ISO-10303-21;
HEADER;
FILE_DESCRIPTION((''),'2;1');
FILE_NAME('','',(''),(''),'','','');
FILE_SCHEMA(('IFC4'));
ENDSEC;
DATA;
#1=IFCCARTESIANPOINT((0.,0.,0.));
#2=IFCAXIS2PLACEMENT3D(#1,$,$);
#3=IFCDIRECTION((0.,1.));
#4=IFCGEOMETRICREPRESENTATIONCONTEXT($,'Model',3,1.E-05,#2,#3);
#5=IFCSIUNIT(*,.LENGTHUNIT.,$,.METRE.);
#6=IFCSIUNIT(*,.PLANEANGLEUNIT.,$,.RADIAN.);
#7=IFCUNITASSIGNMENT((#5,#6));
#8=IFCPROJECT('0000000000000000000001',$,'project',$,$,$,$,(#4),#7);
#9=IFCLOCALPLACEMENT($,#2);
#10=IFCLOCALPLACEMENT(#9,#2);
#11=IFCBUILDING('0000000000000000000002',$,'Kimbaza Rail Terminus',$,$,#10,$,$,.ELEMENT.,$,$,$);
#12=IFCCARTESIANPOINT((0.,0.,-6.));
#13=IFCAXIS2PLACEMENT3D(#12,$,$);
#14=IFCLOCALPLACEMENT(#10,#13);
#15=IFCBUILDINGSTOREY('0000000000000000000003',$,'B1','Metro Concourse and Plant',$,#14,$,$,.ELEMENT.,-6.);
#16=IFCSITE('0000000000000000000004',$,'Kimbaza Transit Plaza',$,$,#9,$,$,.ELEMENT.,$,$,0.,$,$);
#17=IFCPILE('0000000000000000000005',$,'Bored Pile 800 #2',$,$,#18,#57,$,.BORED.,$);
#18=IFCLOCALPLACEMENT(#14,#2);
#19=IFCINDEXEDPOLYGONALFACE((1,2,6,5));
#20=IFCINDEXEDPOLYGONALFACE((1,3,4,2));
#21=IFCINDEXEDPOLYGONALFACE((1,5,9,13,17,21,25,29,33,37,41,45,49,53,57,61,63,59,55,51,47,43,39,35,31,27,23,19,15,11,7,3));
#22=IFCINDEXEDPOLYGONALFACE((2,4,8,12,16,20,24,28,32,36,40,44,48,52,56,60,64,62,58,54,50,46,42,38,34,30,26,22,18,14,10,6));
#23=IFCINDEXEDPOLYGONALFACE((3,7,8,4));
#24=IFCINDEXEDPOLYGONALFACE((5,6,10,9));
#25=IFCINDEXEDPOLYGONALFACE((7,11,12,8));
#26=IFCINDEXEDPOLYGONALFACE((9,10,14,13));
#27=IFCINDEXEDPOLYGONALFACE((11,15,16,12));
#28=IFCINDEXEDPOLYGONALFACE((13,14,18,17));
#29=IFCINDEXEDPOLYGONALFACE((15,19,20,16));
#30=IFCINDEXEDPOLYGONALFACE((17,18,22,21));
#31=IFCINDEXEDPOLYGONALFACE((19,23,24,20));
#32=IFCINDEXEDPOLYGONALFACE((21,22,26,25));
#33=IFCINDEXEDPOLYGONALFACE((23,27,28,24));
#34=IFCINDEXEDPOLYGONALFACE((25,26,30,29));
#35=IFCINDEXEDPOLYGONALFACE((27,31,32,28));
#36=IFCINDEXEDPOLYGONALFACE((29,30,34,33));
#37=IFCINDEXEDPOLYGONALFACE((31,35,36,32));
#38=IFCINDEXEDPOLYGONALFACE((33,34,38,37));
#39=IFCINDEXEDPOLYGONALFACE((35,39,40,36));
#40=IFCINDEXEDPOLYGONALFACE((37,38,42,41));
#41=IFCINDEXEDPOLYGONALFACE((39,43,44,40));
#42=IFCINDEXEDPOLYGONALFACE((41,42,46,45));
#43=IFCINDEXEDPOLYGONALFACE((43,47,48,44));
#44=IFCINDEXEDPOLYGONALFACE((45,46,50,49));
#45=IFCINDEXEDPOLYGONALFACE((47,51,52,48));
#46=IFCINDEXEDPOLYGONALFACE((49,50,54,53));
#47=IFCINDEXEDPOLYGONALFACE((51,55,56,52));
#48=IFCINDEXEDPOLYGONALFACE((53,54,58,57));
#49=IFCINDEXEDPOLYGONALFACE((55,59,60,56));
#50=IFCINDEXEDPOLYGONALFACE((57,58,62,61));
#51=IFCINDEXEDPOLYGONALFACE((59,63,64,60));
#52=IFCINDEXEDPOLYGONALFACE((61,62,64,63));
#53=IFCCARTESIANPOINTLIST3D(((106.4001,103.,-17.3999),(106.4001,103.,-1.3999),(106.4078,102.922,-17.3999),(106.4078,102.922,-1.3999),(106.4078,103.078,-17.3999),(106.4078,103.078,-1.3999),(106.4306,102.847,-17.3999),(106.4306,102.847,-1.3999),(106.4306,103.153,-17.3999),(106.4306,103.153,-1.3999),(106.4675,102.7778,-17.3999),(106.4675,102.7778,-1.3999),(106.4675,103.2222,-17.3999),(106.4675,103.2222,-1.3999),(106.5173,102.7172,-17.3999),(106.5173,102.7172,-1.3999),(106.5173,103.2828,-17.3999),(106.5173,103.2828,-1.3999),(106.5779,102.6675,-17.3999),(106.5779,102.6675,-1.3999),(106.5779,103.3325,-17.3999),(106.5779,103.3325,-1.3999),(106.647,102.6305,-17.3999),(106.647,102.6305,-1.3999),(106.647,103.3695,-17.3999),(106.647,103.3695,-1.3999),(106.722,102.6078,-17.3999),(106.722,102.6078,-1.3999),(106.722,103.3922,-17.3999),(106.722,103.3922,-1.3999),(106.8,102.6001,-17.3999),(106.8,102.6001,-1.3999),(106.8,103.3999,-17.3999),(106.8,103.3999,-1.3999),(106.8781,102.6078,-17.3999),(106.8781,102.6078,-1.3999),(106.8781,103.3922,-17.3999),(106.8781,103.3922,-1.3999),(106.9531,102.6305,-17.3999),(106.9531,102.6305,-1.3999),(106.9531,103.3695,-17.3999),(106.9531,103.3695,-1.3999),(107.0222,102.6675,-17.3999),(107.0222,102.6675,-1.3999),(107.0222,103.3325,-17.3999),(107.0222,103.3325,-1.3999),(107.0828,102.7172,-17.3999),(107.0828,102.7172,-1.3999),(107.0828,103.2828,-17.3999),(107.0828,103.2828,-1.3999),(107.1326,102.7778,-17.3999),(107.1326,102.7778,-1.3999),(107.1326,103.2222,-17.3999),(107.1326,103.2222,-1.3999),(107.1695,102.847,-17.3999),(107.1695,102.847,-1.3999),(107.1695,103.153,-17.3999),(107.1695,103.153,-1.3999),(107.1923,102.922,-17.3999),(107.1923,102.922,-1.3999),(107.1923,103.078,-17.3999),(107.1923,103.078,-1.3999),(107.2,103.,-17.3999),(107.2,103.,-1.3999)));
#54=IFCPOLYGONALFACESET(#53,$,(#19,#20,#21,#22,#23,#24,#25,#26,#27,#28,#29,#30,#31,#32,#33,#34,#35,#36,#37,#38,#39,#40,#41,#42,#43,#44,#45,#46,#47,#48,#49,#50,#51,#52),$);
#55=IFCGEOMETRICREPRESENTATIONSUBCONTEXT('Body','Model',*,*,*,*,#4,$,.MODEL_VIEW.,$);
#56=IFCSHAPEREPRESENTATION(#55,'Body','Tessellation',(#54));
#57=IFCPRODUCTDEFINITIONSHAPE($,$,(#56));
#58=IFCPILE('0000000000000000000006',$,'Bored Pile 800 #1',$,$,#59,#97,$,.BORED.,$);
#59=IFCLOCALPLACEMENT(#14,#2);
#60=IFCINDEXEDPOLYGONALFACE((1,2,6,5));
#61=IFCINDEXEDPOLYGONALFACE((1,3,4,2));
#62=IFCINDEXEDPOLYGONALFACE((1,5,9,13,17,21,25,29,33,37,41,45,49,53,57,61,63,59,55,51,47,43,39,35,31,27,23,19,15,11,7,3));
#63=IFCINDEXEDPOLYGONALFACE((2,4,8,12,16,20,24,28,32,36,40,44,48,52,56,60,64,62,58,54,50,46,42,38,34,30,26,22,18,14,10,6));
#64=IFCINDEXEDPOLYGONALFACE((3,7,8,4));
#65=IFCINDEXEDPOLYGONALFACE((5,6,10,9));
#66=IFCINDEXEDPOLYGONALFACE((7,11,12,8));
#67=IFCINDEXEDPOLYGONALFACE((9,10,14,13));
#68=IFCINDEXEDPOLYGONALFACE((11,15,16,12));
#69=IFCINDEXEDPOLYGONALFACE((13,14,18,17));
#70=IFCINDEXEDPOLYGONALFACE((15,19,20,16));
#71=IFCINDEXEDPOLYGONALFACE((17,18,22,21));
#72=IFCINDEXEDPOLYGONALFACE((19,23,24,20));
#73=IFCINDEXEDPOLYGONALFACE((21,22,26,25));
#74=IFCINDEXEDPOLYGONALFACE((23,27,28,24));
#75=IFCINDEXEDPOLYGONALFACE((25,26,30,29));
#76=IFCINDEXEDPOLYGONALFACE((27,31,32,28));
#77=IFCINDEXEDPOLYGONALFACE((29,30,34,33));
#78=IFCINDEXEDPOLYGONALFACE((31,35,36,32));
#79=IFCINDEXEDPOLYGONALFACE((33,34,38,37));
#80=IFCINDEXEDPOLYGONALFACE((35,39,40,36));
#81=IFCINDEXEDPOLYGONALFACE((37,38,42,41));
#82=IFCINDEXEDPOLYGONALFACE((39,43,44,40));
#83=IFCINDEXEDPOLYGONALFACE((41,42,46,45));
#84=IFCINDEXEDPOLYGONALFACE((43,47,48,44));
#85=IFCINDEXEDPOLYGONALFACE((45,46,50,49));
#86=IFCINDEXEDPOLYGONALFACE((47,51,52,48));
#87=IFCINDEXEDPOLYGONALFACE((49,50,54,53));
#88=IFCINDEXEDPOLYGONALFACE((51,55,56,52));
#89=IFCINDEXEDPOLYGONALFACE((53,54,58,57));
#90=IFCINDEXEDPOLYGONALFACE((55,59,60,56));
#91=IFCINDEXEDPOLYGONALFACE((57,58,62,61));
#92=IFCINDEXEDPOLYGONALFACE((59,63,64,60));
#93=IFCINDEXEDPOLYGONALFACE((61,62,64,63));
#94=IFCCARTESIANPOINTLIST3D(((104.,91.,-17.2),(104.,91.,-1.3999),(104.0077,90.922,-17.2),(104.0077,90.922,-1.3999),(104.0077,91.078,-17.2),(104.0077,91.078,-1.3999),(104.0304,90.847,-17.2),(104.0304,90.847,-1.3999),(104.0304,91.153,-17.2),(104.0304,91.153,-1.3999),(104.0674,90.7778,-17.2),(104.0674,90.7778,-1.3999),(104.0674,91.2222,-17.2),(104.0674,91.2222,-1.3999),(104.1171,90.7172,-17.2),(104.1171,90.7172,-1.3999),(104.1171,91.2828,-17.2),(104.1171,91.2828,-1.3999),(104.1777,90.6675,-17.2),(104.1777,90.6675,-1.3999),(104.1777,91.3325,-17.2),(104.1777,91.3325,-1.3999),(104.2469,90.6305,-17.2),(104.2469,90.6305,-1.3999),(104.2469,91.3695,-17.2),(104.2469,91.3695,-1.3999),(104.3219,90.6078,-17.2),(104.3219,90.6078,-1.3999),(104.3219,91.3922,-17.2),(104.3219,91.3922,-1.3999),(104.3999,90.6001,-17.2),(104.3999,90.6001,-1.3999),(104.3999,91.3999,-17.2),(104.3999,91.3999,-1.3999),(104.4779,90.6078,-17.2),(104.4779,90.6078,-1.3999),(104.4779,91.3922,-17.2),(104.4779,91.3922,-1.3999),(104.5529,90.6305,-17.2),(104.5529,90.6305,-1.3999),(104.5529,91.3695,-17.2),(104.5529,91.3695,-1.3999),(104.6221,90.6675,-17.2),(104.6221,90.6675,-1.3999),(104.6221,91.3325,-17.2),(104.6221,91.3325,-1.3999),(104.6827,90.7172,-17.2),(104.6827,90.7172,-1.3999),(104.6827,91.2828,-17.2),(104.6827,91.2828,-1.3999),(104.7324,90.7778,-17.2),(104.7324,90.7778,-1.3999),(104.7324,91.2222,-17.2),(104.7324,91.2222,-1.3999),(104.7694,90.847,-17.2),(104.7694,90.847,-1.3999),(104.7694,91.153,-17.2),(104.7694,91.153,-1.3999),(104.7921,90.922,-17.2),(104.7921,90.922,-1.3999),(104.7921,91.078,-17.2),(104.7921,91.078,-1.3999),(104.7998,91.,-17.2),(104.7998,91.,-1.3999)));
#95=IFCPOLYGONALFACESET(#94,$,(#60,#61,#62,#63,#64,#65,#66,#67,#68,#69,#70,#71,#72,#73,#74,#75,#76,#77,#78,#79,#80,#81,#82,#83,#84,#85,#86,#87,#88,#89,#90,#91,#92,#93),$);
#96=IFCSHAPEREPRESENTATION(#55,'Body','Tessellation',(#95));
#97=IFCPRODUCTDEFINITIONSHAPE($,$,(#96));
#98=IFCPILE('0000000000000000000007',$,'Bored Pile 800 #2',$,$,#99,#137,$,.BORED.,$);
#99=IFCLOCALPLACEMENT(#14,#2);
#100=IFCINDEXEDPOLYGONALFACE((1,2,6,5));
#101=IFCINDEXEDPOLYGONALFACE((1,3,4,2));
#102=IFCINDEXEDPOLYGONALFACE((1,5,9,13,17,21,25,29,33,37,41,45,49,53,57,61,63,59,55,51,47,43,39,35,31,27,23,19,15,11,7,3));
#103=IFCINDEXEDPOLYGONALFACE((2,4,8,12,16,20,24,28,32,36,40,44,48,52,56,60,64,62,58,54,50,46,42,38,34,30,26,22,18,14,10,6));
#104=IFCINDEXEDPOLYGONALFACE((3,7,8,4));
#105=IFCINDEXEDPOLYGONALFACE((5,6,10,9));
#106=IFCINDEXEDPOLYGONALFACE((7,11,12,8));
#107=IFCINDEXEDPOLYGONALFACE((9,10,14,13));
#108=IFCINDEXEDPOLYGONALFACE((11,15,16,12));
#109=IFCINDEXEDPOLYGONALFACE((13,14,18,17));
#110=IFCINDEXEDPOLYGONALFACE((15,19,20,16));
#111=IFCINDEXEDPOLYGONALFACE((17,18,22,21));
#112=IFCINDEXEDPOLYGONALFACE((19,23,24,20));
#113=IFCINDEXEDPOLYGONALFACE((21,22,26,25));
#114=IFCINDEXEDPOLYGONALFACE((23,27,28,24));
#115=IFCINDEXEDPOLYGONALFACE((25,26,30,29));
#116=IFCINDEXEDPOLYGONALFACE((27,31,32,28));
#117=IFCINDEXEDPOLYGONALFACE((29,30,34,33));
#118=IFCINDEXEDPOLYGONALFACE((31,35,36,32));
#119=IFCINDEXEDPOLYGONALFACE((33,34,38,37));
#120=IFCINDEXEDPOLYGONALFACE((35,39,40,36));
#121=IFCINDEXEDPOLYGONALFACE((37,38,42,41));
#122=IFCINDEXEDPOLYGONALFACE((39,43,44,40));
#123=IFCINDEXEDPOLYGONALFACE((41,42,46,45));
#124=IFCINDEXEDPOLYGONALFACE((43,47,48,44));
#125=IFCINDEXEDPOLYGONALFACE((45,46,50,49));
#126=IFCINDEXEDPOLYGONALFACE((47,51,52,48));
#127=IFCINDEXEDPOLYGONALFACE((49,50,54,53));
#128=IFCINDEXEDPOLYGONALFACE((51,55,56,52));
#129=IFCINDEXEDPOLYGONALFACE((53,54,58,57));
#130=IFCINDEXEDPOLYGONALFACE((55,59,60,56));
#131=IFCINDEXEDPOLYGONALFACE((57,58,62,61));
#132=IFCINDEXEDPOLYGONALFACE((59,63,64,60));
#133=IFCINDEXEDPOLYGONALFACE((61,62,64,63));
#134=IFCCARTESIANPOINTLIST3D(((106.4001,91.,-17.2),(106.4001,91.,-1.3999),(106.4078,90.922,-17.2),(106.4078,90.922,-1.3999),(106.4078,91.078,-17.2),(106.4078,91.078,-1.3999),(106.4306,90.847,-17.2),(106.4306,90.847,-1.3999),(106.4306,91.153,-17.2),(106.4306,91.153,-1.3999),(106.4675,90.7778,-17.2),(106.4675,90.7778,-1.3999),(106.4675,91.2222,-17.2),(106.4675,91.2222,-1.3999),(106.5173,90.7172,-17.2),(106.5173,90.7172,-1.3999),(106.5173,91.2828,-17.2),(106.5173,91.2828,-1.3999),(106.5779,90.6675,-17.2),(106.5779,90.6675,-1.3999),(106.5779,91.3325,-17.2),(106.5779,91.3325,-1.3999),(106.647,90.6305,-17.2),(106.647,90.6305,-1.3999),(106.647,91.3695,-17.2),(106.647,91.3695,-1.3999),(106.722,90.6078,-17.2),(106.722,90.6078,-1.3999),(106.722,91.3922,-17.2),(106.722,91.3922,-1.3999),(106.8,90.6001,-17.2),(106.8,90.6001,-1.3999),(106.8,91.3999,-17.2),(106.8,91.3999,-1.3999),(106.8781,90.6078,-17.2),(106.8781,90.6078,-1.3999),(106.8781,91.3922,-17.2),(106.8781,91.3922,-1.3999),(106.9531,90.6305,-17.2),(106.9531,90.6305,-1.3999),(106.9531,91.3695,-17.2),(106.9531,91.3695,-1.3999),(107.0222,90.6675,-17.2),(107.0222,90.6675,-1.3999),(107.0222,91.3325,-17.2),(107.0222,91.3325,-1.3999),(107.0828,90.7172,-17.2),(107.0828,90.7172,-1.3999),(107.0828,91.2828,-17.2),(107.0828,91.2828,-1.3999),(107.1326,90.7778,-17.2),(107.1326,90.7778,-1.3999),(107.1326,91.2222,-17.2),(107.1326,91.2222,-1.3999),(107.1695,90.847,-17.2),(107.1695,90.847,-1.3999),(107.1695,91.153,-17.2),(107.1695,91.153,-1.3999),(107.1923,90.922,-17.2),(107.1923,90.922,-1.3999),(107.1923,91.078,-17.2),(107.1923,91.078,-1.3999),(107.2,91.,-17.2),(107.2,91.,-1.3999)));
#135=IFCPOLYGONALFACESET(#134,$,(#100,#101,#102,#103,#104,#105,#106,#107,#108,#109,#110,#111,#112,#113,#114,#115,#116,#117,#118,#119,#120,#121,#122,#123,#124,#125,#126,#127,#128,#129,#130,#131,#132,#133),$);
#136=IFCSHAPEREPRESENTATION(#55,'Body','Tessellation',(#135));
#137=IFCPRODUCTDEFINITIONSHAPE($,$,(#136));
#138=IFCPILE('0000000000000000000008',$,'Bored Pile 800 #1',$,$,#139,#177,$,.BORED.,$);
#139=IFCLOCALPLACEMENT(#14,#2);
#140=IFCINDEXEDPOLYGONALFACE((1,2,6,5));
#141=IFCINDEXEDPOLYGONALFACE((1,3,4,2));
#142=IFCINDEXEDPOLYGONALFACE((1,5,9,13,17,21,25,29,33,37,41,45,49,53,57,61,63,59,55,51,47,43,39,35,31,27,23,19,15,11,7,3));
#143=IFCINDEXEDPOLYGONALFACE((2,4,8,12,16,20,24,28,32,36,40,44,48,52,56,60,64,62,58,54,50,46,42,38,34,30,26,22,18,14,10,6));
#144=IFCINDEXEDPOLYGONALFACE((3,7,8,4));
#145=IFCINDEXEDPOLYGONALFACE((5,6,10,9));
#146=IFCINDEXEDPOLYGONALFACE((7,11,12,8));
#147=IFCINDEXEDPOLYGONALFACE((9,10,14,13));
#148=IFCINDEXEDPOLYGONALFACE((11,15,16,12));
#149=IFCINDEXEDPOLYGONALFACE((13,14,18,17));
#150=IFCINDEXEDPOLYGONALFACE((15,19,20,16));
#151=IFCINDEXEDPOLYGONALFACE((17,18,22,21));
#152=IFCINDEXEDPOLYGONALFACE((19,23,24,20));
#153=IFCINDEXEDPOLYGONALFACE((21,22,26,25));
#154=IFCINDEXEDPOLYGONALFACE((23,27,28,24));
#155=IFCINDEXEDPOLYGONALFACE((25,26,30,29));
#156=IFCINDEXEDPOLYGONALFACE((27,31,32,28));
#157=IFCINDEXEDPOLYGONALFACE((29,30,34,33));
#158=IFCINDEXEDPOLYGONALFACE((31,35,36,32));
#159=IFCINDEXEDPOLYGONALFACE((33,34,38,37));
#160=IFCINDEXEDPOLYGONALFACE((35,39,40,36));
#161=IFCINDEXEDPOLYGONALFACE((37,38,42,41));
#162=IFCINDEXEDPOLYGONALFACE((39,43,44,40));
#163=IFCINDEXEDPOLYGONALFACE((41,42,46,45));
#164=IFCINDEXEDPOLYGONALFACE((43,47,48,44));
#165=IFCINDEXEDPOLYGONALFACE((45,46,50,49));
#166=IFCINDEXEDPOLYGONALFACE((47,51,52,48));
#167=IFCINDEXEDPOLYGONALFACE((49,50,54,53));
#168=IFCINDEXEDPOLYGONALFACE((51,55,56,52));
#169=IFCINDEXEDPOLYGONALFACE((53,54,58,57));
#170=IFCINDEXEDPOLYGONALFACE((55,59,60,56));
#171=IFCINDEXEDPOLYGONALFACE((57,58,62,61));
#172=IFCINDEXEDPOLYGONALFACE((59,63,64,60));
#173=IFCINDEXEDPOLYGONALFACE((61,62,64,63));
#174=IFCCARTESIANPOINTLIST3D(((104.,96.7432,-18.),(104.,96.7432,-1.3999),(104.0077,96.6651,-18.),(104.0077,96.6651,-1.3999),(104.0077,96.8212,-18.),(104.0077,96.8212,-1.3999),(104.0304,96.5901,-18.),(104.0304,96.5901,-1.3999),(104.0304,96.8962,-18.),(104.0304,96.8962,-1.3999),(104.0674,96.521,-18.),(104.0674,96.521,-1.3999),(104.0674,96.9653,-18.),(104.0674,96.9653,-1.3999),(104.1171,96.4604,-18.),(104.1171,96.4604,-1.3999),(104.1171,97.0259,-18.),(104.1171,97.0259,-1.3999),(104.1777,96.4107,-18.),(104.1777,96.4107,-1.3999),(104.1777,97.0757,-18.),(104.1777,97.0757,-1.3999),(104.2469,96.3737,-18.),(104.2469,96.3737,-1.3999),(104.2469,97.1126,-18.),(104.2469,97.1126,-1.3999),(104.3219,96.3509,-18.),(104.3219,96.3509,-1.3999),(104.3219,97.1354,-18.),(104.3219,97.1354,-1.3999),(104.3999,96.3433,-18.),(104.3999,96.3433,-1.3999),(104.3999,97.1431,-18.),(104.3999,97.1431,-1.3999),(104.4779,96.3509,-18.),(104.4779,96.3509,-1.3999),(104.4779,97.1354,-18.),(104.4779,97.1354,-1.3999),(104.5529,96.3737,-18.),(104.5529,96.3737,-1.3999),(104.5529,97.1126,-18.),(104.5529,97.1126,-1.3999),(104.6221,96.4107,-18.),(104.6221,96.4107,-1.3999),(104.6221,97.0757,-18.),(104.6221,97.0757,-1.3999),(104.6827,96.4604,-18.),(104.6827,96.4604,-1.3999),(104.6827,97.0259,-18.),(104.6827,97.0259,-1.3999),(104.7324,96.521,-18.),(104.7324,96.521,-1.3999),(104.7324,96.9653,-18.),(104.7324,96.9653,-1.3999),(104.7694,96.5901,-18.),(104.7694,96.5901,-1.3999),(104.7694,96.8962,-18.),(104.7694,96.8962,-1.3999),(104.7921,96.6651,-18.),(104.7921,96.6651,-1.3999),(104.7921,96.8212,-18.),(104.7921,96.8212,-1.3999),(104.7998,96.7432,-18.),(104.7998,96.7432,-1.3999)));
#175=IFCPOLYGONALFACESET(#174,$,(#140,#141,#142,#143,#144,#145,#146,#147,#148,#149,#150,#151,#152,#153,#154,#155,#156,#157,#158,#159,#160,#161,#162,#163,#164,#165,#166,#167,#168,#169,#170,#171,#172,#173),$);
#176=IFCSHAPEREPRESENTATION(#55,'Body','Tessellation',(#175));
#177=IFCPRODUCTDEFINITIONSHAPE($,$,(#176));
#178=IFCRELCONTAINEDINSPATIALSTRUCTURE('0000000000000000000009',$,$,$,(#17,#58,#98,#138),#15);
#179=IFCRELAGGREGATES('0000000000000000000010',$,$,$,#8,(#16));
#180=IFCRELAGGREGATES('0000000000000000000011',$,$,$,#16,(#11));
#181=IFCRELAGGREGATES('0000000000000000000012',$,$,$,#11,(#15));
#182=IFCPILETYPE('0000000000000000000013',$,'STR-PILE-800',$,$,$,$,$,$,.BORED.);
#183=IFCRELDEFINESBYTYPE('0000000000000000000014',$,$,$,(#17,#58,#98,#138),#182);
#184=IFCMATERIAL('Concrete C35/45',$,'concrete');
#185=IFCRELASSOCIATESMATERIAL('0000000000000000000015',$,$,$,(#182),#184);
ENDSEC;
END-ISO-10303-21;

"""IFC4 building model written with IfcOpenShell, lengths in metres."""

from ifc_helpers import new_model, si_unit, direction, frame, origin, origin_2d, place, context, subcontext, project, spatial, circle, extrude, material, material_profile, profile_set, type_object, element, save


model = new_model("IFC4")

# Units and contexts
model_context = context("Model", 3, precision=1e-05, world=origin(), true_north=direction((0.0, 1.0)))
body_context = subcontext(model_context, "Body", "Model", "MODEL_VIEW")
ifc_project = project(units=[si_unit("LENGTHUNIT", "METRE"), si_unit("PLANEANGLEUNIT", "RADIAN")], contexts=[model_context])

# Site, building, storey
site_placement = place(None, origin())
site = spatial("IfcSite", under=ifc_project, at=site_placement, Name="Kimbaza Transit Plaza", CompositionType="ELEMENT", RefElevation=0.0)
building_placement = place(site_placement, origin())
building = spatial("IfcBuilding", under=site, at=building_placement, Name="Kimbaza Rail Terminus", CompositionType="ELEMENT")
storey_placement = place(building_placement, frame((0.0, 0.0, -6.0)))
storey = spatial("IfcBuildingStorey", under=building, at=storey_placement, Name="B1", Description="Metro Concourse and Plant", CompositionType="ELEMENT", Elevation=-6.0)

# Piles
ifc_material_1 = material(Name="Concrete C35/45", Category="concrete")
ifc_material_profile_1 = material_profile(ifc_material_1, circle(Radius=0.3999, at=origin_2d()), Name="BORED PILE 800")
ifc_profile_set_1 = profile_set([ifc_material_profile_1], Name="Concrete C35/45")
pile_type_1 = type_object("IfcPileType", Name="STR-PILE-800", PredefinedType="BORED", material=ifc_profile_set_1)
for number, where, z_axis, x_axis, name in (
    (1, (106.8, 103.0, -1.3999), (0.0, 0.0, -1.0), (1.0, 0.0, 0.0), "Bored Pile 800 #2"),
):
    element("IfcPile", number, at=place(storey_placement, frame(where, z_axis=z_axis, x_axis=x_axis)), inside=storey, type_object=pile_type_1, Name=name, PredefinedType="BORED", context=body_context, shape_type="SweptSolid", body=[
        extrude(circle(Radius=0.3999, at=origin_2d()), origin(), (0.0, 0.0, 1.0), 16.0),
    ])
for number, where, z_axis, x_axis, name in (
    (2, (104.3999, 91.0, -1.3999), (0.0, 0.0, -1.0), (1.0, 0.0, 0.0), "Bored Pile 800 #1"),
    (3, (106.8, 91.0, -1.3999), (0.0, 0.0, -1.0), (1.0, 0.0, 0.0), "Bored Pile 800 #2"),
):
    element("IfcPile", number, at=place(storey_placement, frame(where, z_axis=z_axis, x_axis=x_axis)), inside=storey, type_object=pile_type_1, Name=name, PredefinedType="BORED", context=body_context, shape_type="SweptSolid", body=[
        extrude(circle(Radius=0.3999, at=origin_2d()), origin(), (0.0, 0.0, 1.0), 15.8),
    ])
for number, where, z_axis, x_axis, name in (
    (4, (104.3999, 96.7432, -1.3999), (0.0, 0.0, -1.0), (1.0, 0.0, 0.0), "Bored Pile 800 #1"),
):
    element("IfcPile", number, at=place(storey_placement, frame(where, z_axis=z_axis, x_axis=x_axis)), inside=storey, type_object=pile_type_1, Name=name, PredefinedType="BORED", context=body_context, shape_type="SweptSolid", body=[
        extrude(circle(Radius=0.3999, at=origin_2d()), origin(), (0.0, 0.0, 1.0), 16.6001),
    ])

save(model, "model.ifc")
